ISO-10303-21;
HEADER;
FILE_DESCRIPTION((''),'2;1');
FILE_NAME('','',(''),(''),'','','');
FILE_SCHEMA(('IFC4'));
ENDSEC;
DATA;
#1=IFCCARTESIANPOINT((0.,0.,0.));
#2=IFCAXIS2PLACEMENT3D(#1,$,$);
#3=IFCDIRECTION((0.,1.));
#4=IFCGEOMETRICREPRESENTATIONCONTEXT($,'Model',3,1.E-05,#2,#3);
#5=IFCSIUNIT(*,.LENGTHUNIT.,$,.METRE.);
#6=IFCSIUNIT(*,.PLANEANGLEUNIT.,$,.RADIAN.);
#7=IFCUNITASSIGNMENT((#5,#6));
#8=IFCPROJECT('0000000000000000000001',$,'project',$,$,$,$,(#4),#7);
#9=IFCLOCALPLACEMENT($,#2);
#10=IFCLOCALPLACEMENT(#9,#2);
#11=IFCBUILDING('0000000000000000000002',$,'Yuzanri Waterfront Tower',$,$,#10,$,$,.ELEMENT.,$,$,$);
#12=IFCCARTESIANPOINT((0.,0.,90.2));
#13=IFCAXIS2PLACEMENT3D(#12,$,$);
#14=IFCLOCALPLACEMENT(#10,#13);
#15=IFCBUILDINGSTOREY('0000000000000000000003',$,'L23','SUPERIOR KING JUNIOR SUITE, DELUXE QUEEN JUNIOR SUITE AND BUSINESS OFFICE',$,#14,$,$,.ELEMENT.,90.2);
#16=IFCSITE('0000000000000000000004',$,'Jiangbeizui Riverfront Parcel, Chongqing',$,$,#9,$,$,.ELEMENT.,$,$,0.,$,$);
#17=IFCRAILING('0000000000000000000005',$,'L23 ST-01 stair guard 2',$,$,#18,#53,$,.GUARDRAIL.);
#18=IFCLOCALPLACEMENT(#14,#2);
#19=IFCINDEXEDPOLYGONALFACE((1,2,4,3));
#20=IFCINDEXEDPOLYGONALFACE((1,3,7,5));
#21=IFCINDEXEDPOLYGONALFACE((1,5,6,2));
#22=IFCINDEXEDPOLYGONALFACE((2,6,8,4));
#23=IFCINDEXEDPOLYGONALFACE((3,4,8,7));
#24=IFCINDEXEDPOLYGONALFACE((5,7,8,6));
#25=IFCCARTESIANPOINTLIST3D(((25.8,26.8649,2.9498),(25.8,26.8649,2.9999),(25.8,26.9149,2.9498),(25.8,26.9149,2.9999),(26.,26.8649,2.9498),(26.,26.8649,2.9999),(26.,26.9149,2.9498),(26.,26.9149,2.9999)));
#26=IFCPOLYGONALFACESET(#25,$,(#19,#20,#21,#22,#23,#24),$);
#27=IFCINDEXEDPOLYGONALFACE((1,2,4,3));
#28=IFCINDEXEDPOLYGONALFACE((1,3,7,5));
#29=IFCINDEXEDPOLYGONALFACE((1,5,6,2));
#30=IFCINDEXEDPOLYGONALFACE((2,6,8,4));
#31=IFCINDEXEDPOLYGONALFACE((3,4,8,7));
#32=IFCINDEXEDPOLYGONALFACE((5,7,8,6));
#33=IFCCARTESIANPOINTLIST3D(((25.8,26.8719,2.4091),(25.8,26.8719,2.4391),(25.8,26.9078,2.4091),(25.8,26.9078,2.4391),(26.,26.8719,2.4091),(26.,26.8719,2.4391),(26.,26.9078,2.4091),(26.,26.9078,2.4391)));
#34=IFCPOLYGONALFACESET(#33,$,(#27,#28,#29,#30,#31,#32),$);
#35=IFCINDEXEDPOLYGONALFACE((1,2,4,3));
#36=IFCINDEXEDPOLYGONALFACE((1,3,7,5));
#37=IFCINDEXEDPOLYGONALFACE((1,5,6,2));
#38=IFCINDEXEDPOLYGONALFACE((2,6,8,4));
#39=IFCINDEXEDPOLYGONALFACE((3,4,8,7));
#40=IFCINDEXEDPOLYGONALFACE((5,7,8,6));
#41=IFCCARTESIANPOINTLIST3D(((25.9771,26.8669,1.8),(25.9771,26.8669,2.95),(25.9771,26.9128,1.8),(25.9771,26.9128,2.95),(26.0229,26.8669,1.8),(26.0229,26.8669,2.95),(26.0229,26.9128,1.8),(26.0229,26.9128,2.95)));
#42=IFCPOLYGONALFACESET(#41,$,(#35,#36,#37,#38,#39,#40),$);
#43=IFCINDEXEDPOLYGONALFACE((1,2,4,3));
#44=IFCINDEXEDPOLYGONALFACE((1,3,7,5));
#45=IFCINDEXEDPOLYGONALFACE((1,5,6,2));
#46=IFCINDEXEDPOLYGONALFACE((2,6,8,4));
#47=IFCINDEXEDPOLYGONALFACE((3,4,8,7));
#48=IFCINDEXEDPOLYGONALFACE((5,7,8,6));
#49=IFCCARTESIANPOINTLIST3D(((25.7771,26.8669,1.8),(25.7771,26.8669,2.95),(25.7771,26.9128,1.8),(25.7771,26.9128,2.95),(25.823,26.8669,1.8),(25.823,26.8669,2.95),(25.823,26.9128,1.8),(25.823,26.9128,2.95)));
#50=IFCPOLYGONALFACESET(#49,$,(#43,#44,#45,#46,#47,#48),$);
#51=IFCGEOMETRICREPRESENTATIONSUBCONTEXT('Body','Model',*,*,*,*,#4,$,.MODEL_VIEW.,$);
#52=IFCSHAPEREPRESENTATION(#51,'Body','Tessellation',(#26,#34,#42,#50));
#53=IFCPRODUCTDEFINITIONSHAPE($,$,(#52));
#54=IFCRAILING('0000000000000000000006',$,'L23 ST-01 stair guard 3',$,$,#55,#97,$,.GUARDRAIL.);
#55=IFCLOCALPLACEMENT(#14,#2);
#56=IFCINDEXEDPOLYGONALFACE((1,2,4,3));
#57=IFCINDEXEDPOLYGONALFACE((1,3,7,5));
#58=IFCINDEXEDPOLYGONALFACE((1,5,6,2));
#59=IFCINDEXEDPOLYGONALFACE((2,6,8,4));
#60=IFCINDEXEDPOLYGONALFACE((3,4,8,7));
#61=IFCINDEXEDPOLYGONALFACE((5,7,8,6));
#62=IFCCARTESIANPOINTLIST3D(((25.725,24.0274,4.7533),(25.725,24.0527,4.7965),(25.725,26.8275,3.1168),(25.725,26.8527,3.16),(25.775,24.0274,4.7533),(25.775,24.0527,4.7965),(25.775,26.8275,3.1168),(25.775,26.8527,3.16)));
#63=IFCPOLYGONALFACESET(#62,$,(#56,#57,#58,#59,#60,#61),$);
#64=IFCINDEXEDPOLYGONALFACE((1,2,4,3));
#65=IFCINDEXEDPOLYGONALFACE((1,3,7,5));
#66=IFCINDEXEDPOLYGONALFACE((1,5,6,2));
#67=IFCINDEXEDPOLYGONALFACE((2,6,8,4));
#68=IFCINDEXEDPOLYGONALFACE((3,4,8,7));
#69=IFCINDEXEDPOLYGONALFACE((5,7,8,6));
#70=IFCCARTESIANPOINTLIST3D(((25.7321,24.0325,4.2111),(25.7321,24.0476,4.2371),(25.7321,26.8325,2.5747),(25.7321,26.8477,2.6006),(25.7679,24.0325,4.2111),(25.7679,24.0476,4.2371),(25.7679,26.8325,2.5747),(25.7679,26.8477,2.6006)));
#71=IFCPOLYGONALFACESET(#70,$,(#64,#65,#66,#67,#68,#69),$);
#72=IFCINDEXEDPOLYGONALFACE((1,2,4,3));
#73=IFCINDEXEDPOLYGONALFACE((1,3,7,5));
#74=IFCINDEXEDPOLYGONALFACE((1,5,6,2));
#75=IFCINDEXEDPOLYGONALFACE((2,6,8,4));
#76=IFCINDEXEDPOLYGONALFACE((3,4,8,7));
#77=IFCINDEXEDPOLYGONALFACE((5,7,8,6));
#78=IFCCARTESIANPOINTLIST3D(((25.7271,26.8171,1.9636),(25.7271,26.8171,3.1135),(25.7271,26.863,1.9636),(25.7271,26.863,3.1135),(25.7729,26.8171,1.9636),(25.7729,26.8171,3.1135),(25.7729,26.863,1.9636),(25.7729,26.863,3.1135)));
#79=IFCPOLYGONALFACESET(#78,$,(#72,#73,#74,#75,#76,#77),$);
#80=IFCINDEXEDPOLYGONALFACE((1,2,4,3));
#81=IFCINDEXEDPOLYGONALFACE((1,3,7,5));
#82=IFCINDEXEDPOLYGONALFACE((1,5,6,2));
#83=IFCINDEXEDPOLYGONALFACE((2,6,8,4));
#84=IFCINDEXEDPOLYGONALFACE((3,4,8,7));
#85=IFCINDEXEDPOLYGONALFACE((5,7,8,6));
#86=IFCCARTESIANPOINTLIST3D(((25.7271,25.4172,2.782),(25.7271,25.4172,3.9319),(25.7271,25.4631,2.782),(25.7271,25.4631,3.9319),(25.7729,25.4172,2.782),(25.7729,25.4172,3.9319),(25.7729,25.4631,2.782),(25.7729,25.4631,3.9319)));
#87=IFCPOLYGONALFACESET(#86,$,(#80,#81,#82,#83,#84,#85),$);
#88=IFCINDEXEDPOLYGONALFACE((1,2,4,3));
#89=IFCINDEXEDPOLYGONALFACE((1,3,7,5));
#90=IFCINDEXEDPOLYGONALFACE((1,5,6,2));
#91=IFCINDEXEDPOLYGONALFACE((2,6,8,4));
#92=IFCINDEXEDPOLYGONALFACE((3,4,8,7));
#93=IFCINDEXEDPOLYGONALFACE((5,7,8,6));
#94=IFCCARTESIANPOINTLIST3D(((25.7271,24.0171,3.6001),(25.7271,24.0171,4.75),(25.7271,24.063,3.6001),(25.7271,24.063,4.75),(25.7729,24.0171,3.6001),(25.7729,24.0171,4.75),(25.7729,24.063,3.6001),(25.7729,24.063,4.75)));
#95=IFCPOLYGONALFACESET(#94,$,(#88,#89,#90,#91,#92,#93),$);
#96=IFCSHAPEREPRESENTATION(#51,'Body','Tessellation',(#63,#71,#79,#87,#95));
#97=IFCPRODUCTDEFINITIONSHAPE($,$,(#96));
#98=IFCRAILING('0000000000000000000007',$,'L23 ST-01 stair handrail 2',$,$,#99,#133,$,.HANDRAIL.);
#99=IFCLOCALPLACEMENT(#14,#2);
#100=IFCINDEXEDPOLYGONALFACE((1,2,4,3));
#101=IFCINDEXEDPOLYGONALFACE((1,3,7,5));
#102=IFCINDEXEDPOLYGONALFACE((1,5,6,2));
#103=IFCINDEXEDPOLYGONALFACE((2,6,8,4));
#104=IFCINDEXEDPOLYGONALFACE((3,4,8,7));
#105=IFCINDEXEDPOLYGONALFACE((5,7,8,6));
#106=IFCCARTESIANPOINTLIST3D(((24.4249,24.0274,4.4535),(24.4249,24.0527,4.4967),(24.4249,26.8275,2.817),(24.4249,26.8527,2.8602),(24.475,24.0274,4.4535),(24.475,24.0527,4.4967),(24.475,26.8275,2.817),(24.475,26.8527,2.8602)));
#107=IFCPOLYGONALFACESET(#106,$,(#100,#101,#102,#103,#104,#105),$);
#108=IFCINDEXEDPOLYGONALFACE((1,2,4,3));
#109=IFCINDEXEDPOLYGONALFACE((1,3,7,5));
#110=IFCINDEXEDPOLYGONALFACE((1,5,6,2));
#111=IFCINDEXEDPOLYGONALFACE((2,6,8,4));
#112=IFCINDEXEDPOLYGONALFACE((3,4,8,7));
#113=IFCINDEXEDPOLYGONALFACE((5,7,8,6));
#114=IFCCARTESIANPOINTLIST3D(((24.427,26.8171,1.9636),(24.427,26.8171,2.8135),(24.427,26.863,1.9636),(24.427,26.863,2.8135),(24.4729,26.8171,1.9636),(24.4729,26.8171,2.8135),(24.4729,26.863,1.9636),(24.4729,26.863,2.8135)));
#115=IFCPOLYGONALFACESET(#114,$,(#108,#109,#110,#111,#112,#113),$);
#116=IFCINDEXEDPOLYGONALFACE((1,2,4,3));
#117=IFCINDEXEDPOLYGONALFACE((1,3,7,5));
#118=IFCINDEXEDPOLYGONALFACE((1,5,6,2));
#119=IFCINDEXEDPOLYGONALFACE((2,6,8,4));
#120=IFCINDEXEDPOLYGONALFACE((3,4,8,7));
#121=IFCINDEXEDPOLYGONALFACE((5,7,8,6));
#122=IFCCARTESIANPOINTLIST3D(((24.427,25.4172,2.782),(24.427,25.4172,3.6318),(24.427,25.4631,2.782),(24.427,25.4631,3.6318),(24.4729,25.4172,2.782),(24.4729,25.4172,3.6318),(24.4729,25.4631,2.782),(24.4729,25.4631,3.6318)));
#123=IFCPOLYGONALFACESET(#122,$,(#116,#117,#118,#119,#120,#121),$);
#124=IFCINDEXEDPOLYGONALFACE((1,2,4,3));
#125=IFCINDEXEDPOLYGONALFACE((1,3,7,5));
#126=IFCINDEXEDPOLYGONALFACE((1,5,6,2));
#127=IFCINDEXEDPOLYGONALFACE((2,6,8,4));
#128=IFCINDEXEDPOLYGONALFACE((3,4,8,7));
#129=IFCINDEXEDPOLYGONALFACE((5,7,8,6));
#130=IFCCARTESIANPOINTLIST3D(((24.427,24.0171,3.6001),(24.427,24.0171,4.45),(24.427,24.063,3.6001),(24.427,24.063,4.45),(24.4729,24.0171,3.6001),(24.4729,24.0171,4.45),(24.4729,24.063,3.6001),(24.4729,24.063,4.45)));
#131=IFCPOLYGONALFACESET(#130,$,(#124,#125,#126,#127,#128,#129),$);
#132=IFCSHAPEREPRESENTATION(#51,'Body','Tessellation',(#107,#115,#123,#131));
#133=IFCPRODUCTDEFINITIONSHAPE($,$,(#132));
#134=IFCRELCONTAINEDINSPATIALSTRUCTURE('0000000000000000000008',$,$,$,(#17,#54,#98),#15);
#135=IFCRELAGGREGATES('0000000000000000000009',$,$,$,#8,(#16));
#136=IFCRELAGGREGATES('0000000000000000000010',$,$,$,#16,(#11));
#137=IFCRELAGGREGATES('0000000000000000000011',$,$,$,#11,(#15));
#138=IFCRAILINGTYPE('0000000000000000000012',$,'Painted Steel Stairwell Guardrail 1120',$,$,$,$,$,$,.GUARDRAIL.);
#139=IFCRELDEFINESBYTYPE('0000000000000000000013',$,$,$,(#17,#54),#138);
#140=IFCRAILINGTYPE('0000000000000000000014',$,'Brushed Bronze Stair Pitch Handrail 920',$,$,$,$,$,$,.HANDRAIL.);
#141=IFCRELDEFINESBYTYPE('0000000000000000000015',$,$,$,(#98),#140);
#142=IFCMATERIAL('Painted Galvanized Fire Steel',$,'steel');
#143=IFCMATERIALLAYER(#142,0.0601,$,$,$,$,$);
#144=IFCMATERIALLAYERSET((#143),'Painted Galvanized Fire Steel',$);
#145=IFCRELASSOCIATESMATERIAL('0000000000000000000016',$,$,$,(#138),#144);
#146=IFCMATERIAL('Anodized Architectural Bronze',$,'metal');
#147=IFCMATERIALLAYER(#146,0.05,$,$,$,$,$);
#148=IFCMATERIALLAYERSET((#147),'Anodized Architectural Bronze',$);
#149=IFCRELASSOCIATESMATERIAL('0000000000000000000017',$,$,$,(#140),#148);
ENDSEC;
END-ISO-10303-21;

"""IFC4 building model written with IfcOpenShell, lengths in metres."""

from ifc_helpers import new_model, si_unit, direction, frame, origin, origin_2d, place, context, subcontext, project, spatial, rectangle, extrude, source, transform, mapped, material, layer, layer_set, type_object, element, save


model = new_model("IFC4")

# Units and contexts
model_context = context("Model", 3, precision=1e-05, world=origin(), true_north=direction((0.0, 1.0)))
body_context = subcontext(model_context, "Body", "Model", "MODEL_VIEW")
ifc_project = project(units=[si_unit("LENGTHUNIT", "METRE"), si_unit("PLANEANGLEUNIT", "RADIAN")], contexts=[model_context])

# Site, building, storey
site_placement = place(None, origin())
site = spatial("IfcSite", under=ifc_project, at=site_placement, Name="Jiangbeizui Riverfront Parcel, Chongqing", CompositionType="ELEMENT", RefElevation=0.0)
building_placement = place(site_placement, origin())
building = spatial("IfcBuilding", under=site, at=building_placement, Name="Yuzanri Waterfront Tower", CompositionType="ELEMENT")
storey_placement = place(building_placement, frame((0.0, 0.0, 90.2)))
storey = spatial("IfcBuildingStorey", under=building, at=storey_placement, Name="L23", Description="SUPERIOR KING JUNIOR SUITE, DELUXE QUEEN JUNIOR SUITE AND BUSINESS OFFICE", CompositionType="ELEMENT", Elevation=90.2)

# Railings
ifc_material_1 = material(Name="Painted Galvanized Fire Steel", Category="steel")
ifc_layer_1 = layer(ifc_material_1, 0.0601)
ifc_layer_set_1 = layer_set([ifc_layer_1], Name="Painted Galvanized Fire Steel")
railing_type_1 = type_object("IfcRailingType", Name="Painted Steel Stairwell Guardrail 1120", PredefinedType="GUARDRAIL", material=ifc_layer_set_1)
shared_shape_1 = source(origin(), body_context, "Body", "SweptSolid", [
    extrude(rectangle(XDim=0.05, YDim=0.05, at=origin_2d()), frame((0.0, 0.0, 1.1748), z_axis=(-1.0, 0.0, 0.0), x_axis=(0.0, -1.0, 0.0)), (0.0, 0.0, 1.0), 0.2),
    extrude(rectangle(XDim=0.0359, YDim=0.03, at=origin_2d()), frame((0.0, 0.0, 0.624), z_axis=(-1.0, 0.0, 0.0), x_axis=(0.0, -1.0, 0.0)), (0.0, 0.0, 1.0), 0.2),
    extrude(rectangle(XDim=0.0459, YDim=0.0459, at=origin_2d()), origin(), (0.0, 0.0, 1.0), 1.1499),
    extrude(rectangle(XDim=0.0459, YDim=0.0459, at=origin_2d()), frame((-0.2, 0.0, 0.0)), (0.0, 0.0, 1.0), 1.1499),
])
railing_1_placement = place(storey_placement, frame((26.0, 26.8899, 1.8)))
element("IfcRailing", 1, at=railing_1_placement, inside=storey, type_object=railing_type_1, Name="L23 ST-01 stair guard 2", PredefinedType="GUARDRAIL", context=body_context, shape_type="MappedRepresentation", body=[
    mapped(shared_shape_1, transform((0.0, 0.0, 0.0), scale=1.0)),
])
shared_shape_2 = source(origin(), body_context, "Body", "SweptSolid", [
    extrude(rectangle(XDim=0.05, YDim=0.05, at=origin_2d()), frame((0.0, 0.0, 1.1748), z_axis=(0.0, -0.863361, 0.504587), x_axis=(1.0, 0.0, 0.0)), (0.0, 0.0, 1.0), 3.2432),
    extrude(rectangle(XDim=0.0359, YDim=0.03, at=origin_2d()), frame((0.0, 0.0, 0.624), z_axis=(0.0, -0.863361, 0.504587), x_axis=(1.0, 0.0, 0.0)), (0.0, 0.0, 1.0), 3.2432),
    extrude(rectangle(XDim=0.0459, YDim=0.0459, at=origin_2d()), origin(), (0.0, 0.0, 1.0), 1.1499),
    extrude(rectangle(XDim=0.0459, YDim=0.0459, at=origin_2d()), frame((0.0, -1.3999, 0.8184)), (0.0, 0.0, 1.0), 1.1499),
    extrude(rectangle(XDim=0.0459, YDim=0.0459, at=origin_2d()), frame((0.0, -2.8, 1.6365)), (0.0, 0.0, 1.0), 1.1499),
])
railing_2_placement = place(storey_placement, frame((25.75, 26.8401, 1.9636)))
element("IfcRailing", 2, at=railing_2_placement, inside=storey, type_object=railing_type_1, Name="L23 ST-01 stair guard 3", PredefinedType="GUARDRAIL", context=body_context, shape_type="MappedRepresentation", body=[
    mapped(shared_shape_2, transform((0.0, 0.0, 0.0), scale=1.0)),
])
ifc_material_2 = material(Name="Anodized Architectural Bronze", Category="metal")
ifc_layer_2 = layer(ifc_material_2, 0.05)
ifc_layer_set_2 = layer_set([ifc_layer_2], Name="Anodized Architectural Bronze")
railing_type_2 = type_object("IfcRailingType", Name="Brushed Bronze Stair Pitch Handrail 920", PredefinedType="HANDRAIL", material=ifc_layer_set_2)
shared_shape_3 = source(origin(), body_context, "Body", "SweptSolid", [
    extrude(rectangle(XDim=0.05, YDim=0.05, at=origin_2d()), frame((0.0, 0.0, 0.875), z_axis=(0.0, -0.863361, 0.504587), x_axis=(1.0, 0.0, 0.0)), (0.0, 0.0, 1.0), 3.2432),
    extrude(rectangle(XDim=0.0459, YDim=0.0459, at=origin_2d()), origin(), (0.0, 0.0, 1.0), 0.8499),
    extrude(rectangle(XDim=0.0459, YDim=0.0459, at=origin_2d()), frame((0.0, -1.3999, 0.8184)), (0.0, 0.0, 1.0), 0.8499),
    extrude(rectangle(XDim=0.0459, YDim=0.0459, at=origin_2d()), frame((0.0, -2.8, 1.6365)), (0.0, 0.0, 1.0), 0.8499),
])
railing_3_placement = place(storey_placement, frame((24.45, 26.8401, 1.9636)))
element("IfcRailing", 3, at=railing_3_placement, inside=storey, type_object=railing_type_2, Name="L23 ST-01 stair handrail 2", PredefinedType="HANDRAIL", context=body_context, shape_type="MappedRepresentation", body=[
    mapped(shared_shape_3, transform((0.0, 0.0, 0.0), scale=1.0)),
])

save(model, "model.ifc")
